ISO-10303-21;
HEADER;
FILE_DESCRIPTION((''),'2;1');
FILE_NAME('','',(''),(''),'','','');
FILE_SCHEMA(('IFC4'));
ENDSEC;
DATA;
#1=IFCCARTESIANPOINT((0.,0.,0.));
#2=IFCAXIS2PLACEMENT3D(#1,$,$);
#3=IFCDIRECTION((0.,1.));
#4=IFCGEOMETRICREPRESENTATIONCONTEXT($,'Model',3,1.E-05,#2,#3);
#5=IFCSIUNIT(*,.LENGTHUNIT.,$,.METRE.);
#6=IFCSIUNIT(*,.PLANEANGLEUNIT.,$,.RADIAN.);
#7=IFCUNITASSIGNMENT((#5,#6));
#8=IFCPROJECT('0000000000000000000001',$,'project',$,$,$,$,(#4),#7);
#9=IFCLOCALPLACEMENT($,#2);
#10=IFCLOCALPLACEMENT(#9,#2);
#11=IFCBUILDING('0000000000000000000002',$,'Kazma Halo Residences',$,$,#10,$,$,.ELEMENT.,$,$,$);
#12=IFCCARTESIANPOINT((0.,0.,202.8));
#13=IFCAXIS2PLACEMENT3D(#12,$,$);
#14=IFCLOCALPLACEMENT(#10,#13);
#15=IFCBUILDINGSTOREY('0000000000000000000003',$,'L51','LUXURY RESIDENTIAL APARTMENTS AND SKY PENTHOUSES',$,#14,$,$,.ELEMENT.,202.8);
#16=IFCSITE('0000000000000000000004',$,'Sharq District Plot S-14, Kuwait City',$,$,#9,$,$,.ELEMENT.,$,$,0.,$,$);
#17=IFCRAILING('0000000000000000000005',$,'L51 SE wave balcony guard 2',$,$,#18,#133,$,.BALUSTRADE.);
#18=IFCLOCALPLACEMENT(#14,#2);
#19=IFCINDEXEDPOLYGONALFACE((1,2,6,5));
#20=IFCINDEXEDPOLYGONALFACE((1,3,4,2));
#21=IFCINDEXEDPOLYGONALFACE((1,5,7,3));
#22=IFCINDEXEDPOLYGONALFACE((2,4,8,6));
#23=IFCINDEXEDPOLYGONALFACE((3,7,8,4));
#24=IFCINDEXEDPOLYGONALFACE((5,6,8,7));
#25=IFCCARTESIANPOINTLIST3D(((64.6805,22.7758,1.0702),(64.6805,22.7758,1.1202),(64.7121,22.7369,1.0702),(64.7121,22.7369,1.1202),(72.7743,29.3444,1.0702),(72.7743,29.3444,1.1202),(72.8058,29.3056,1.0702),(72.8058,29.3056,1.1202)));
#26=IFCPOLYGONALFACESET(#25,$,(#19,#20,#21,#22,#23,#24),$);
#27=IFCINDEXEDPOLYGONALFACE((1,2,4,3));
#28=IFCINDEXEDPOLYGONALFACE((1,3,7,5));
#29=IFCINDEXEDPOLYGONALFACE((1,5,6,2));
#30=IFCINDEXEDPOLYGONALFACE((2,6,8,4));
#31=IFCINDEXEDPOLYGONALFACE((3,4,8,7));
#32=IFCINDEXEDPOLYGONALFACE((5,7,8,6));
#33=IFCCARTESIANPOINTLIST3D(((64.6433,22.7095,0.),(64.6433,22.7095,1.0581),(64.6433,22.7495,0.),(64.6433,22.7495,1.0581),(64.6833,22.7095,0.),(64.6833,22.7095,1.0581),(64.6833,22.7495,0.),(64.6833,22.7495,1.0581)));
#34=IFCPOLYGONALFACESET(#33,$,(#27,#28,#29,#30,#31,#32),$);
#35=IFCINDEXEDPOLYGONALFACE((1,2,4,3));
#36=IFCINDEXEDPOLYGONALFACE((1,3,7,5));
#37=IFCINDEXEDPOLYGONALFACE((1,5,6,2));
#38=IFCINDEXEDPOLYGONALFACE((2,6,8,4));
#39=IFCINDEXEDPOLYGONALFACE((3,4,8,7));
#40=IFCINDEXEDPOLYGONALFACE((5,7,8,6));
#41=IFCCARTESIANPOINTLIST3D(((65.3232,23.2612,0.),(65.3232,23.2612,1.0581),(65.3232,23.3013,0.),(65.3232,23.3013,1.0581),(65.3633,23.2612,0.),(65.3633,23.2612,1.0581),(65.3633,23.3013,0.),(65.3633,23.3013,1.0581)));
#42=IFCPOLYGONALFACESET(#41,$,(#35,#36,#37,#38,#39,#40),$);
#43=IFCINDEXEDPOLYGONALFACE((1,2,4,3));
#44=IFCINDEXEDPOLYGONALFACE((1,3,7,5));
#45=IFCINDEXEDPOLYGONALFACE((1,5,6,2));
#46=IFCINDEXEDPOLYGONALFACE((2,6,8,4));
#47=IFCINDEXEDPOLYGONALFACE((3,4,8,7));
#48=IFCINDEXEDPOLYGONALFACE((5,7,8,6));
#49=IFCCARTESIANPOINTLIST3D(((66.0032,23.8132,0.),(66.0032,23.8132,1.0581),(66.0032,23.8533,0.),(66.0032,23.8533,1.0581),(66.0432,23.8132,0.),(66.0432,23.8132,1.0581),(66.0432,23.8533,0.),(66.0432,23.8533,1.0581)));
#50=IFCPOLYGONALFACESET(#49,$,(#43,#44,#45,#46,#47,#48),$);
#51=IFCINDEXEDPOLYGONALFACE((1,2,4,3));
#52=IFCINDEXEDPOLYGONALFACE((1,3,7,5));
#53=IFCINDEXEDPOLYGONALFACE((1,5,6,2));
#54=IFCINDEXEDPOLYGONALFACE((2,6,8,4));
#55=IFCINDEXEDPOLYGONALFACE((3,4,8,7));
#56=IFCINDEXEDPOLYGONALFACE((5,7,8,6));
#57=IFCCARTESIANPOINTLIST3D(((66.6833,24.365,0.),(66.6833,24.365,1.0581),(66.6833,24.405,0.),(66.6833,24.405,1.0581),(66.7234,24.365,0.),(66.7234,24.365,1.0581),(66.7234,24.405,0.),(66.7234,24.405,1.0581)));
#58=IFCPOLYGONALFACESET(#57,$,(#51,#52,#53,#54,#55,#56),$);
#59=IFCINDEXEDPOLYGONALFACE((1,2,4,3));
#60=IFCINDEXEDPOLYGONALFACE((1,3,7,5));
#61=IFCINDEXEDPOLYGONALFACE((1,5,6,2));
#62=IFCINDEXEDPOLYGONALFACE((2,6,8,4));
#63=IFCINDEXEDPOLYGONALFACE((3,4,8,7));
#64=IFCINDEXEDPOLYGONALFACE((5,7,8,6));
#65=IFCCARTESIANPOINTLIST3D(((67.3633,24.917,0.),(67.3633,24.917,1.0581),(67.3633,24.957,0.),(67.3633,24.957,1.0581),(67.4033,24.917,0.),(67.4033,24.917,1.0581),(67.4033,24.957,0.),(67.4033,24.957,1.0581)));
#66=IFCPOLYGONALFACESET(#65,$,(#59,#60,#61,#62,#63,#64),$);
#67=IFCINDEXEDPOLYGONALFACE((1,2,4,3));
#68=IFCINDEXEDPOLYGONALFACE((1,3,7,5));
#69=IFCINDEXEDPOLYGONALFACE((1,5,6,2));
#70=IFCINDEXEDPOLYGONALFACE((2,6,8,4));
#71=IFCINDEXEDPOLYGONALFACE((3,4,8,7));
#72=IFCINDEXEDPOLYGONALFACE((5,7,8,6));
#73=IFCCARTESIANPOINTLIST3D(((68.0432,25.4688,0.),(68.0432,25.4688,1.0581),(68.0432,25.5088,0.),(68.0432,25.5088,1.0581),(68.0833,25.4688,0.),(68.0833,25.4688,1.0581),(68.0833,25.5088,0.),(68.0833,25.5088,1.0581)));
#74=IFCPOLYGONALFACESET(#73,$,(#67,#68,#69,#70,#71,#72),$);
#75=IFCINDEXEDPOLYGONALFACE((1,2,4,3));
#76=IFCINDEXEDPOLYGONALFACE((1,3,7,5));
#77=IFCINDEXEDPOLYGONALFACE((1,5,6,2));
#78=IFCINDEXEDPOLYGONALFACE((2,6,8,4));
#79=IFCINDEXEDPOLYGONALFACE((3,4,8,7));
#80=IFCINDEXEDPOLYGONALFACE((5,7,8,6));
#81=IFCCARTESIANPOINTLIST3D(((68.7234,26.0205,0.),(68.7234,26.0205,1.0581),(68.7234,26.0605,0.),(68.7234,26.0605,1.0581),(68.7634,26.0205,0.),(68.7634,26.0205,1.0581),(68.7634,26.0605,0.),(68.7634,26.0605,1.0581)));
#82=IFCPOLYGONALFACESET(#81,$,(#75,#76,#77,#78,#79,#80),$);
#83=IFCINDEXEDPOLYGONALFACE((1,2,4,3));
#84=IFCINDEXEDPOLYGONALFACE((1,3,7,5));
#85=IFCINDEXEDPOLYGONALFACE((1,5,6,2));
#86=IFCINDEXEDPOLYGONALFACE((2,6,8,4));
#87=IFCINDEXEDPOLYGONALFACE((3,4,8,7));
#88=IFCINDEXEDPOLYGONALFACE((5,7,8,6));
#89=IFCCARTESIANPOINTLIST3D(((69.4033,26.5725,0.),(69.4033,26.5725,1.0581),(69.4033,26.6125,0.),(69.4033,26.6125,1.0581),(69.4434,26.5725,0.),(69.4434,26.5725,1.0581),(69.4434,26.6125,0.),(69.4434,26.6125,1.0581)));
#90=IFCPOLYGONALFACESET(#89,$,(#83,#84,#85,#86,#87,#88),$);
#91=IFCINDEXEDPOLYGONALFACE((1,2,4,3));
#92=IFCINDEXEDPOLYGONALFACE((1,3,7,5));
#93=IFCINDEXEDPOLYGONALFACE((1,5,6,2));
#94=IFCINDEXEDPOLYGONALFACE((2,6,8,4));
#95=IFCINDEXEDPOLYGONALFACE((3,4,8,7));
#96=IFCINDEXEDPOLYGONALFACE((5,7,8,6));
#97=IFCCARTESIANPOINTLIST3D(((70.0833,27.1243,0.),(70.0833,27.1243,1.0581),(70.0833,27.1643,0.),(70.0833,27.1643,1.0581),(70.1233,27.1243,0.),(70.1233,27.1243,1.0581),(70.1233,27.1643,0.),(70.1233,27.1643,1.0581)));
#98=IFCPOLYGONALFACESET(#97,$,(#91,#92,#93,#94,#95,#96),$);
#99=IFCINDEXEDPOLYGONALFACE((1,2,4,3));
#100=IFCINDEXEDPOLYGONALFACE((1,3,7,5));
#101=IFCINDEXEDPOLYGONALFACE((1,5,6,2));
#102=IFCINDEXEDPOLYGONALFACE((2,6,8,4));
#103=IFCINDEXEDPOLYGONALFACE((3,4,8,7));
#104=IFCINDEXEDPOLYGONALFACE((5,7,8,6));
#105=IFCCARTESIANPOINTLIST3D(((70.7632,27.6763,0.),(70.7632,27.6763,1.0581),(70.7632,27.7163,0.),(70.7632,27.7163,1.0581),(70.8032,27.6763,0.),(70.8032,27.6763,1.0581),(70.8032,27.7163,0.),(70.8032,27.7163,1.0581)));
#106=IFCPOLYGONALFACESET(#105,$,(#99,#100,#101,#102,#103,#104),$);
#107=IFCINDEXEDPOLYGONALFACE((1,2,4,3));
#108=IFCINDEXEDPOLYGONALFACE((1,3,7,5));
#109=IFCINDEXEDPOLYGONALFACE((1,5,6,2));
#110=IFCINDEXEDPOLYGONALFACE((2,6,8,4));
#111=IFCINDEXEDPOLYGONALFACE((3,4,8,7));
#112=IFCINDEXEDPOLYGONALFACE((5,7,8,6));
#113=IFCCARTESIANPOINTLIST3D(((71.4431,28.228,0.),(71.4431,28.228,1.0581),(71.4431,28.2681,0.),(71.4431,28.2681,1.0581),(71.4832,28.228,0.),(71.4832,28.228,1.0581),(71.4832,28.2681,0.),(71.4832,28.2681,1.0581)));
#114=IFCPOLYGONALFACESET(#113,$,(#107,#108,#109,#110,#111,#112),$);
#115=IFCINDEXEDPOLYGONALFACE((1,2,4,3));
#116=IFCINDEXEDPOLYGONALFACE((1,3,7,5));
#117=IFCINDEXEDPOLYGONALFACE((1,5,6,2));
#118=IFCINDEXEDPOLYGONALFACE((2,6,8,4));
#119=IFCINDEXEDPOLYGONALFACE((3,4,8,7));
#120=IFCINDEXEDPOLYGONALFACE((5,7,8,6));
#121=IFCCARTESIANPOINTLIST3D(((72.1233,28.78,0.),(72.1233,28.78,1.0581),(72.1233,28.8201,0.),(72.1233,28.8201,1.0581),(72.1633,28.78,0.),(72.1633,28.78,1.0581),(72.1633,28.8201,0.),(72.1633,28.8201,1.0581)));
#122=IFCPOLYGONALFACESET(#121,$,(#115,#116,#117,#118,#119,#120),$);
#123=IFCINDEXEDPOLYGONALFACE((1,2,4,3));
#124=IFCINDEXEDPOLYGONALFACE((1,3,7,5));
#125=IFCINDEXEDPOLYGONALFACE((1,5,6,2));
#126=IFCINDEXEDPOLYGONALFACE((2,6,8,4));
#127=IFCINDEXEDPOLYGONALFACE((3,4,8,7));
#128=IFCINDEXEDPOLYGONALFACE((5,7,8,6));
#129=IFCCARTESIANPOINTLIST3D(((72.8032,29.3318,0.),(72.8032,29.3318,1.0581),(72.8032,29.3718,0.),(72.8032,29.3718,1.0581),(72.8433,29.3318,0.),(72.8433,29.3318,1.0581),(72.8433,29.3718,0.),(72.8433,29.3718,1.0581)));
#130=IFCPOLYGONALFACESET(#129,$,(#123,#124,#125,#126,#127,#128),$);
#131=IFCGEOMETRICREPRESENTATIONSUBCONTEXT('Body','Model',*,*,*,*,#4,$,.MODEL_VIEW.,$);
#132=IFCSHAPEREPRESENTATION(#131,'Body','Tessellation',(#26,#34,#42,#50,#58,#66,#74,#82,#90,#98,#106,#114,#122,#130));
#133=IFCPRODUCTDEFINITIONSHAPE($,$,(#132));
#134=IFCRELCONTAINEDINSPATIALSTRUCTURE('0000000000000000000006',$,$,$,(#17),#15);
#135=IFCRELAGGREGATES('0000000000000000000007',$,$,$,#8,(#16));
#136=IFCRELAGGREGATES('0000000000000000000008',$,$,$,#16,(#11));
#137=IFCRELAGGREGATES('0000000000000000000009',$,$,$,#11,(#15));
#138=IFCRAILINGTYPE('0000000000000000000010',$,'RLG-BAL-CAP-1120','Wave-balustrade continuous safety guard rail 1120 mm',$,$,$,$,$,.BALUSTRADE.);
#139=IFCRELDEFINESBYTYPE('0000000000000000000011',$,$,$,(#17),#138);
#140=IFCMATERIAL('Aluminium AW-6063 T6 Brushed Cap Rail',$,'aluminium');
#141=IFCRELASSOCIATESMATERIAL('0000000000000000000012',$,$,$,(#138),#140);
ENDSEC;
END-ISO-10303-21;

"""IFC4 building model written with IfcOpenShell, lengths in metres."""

from ifc_helpers import new_model, si_unit, direction, frame, origin, origin_2d, place, context, subcontext, project, spatial, rectangle, extrude, material, type_object, element, save


model = new_model("IFC4")

# Units and contexts
model_context = context("Model", 3, precision=1e-05, world=origin(), true_north=direction((0.0, 1.0)))
body_context = subcontext(model_context, "Body", "Model", "MODEL_VIEW")
ifc_project = project(units=[si_unit("LENGTHUNIT", "METRE"), si_unit("PLANEANGLEUNIT", "RADIAN")], contexts=[model_context])

# Site, building, storey
site_placement = place(None, origin())
site = spatial("IfcSite", under=ifc_project, at=site_placement, Name="Sharq District Plot S-14, Kuwait City", CompositionType="ELEMENT", RefElevation=0.0)
building_placement = place(site_placement, origin())
building = spatial("IfcBuilding", under=site, at=building_placement, Name="Kazma Halo Residences", CompositionType="ELEMENT")
storey_placement = place(building_placement, frame((0.0, 0.0, 202.8)))
storey = spatial("IfcBuildingStorey", under=building, at=storey_placement, Name="L51", Description="LUXURY RESIDENTIAL APARTMENTS AND SKY PENTHOUSES", CompositionType="ELEMENT", Elevation=202.8)

# Railing
ifc_material_1 = material(Name="Aluminium AW-6063 T6 Brushed Cap Rail", Category="aluminium")
railing_type = type_object("IfcRailingType", Name="RLG-BAL-CAP-1120", Description="Wave-balustrade continuous safety guard rail 1120 mm", PredefinedType="BALUSTRADE", material=ifc_material_1)
railing_1_placement = place(storey_placement, frame((64.6633, 22.7295, 0.0)))
element("IfcRailing", 1, at=railing_1_placement, inside=storey, type_object=railing_type, Name="L51 SE wave balcony guard 2", PredefinedType="BALUSTRADE", context=body_context, shape_type="SweptSolid", body=[
    extrude(rectangle(XDim=0.05, YDim=0.05, at=origin_2d()), frame((0.033, 0.0269, 1.0952), z_axis=(0.776468, 0.630156, 0.0), x_axis=(-0.630156, 0.776468, 0.0)), (0.0, 0.0, 1.0), 10.4238),
    extrude(rectangle(XDim=0.04, YDim=0.04, at=origin_2d()), origin(), (0.0, 0.0, 1.0), 1.0581),
    extrude(rectangle(XDim=0.04, YDim=0.04, at=origin_2d()), frame((0.6799, 0.5518, 0.0)), (0.0, 0.0, 1.0), 1.0581),
    extrude(rectangle(XDim=0.04, YDim=0.04, at=origin_2d()), frame((1.3599, 1.1038, 0.0)), (0.0, 0.0, 1.0), 1.0581),
    extrude(rectangle(XDim=0.04, YDim=0.04, at=origin_2d()), frame((2.04, 1.6555, 0.0)), (0.0, 0.0, 1.0), 1.0581),
    extrude(rectangle(XDim=0.04, YDim=0.04, at=origin_2d()), frame((2.72, 2.2075, 0.0)), (0.0, 0.0, 1.0), 1.0581),
    extrude(rectangle(XDim=0.04, YDim=0.04, at=origin_2d()), frame((3.3999, 2.7593, 0.0)), (0.0, 0.0, 1.0), 1.0581),
    extrude(rectangle(XDim=0.04, YDim=0.04, at=origin_2d()), frame((4.0801, 3.311, 0.0)), (0.0, 0.0, 1.0), 1.0581),
    extrude(rectangle(XDim=0.04, YDim=0.04, at=origin_2d()), frame((4.76, 3.863, 0.0)), (0.0, 0.0, 1.0), 1.0581),
    extrude(rectangle(XDim=0.04, YDim=0.04, at=origin_2d()), frame((5.4399, 4.4148, 0.0)), (0.0, 0.0, 1.0), 1.0581),
    extrude(rectangle(XDim=0.04, YDim=0.04, at=origin_2d()), frame((6.1199, 4.9668, 0.0)), (0.0, 0.0, 1.0), 1.0581),
    extrude(rectangle(XDim=0.04, YDim=0.04, at=origin_2d()), frame((6.7998, 5.5186, 0.0)), (0.0, 0.0, 1.0), 1.0581),
    extrude(rectangle(XDim=0.04, YDim=0.04, at=origin_2d()), frame((7.48, 6.0706, 0.0)), (0.0, 0.0, 1.0), 1.0581),
    extrude(rectangle(XDim=0.04, YDim=0.04, at=origin_2d()), frame((8.1599, 6.6223, 0.0)), (0.0, 0.0, 1.0), 1.0581),
])

save(model, "model.ifc")
